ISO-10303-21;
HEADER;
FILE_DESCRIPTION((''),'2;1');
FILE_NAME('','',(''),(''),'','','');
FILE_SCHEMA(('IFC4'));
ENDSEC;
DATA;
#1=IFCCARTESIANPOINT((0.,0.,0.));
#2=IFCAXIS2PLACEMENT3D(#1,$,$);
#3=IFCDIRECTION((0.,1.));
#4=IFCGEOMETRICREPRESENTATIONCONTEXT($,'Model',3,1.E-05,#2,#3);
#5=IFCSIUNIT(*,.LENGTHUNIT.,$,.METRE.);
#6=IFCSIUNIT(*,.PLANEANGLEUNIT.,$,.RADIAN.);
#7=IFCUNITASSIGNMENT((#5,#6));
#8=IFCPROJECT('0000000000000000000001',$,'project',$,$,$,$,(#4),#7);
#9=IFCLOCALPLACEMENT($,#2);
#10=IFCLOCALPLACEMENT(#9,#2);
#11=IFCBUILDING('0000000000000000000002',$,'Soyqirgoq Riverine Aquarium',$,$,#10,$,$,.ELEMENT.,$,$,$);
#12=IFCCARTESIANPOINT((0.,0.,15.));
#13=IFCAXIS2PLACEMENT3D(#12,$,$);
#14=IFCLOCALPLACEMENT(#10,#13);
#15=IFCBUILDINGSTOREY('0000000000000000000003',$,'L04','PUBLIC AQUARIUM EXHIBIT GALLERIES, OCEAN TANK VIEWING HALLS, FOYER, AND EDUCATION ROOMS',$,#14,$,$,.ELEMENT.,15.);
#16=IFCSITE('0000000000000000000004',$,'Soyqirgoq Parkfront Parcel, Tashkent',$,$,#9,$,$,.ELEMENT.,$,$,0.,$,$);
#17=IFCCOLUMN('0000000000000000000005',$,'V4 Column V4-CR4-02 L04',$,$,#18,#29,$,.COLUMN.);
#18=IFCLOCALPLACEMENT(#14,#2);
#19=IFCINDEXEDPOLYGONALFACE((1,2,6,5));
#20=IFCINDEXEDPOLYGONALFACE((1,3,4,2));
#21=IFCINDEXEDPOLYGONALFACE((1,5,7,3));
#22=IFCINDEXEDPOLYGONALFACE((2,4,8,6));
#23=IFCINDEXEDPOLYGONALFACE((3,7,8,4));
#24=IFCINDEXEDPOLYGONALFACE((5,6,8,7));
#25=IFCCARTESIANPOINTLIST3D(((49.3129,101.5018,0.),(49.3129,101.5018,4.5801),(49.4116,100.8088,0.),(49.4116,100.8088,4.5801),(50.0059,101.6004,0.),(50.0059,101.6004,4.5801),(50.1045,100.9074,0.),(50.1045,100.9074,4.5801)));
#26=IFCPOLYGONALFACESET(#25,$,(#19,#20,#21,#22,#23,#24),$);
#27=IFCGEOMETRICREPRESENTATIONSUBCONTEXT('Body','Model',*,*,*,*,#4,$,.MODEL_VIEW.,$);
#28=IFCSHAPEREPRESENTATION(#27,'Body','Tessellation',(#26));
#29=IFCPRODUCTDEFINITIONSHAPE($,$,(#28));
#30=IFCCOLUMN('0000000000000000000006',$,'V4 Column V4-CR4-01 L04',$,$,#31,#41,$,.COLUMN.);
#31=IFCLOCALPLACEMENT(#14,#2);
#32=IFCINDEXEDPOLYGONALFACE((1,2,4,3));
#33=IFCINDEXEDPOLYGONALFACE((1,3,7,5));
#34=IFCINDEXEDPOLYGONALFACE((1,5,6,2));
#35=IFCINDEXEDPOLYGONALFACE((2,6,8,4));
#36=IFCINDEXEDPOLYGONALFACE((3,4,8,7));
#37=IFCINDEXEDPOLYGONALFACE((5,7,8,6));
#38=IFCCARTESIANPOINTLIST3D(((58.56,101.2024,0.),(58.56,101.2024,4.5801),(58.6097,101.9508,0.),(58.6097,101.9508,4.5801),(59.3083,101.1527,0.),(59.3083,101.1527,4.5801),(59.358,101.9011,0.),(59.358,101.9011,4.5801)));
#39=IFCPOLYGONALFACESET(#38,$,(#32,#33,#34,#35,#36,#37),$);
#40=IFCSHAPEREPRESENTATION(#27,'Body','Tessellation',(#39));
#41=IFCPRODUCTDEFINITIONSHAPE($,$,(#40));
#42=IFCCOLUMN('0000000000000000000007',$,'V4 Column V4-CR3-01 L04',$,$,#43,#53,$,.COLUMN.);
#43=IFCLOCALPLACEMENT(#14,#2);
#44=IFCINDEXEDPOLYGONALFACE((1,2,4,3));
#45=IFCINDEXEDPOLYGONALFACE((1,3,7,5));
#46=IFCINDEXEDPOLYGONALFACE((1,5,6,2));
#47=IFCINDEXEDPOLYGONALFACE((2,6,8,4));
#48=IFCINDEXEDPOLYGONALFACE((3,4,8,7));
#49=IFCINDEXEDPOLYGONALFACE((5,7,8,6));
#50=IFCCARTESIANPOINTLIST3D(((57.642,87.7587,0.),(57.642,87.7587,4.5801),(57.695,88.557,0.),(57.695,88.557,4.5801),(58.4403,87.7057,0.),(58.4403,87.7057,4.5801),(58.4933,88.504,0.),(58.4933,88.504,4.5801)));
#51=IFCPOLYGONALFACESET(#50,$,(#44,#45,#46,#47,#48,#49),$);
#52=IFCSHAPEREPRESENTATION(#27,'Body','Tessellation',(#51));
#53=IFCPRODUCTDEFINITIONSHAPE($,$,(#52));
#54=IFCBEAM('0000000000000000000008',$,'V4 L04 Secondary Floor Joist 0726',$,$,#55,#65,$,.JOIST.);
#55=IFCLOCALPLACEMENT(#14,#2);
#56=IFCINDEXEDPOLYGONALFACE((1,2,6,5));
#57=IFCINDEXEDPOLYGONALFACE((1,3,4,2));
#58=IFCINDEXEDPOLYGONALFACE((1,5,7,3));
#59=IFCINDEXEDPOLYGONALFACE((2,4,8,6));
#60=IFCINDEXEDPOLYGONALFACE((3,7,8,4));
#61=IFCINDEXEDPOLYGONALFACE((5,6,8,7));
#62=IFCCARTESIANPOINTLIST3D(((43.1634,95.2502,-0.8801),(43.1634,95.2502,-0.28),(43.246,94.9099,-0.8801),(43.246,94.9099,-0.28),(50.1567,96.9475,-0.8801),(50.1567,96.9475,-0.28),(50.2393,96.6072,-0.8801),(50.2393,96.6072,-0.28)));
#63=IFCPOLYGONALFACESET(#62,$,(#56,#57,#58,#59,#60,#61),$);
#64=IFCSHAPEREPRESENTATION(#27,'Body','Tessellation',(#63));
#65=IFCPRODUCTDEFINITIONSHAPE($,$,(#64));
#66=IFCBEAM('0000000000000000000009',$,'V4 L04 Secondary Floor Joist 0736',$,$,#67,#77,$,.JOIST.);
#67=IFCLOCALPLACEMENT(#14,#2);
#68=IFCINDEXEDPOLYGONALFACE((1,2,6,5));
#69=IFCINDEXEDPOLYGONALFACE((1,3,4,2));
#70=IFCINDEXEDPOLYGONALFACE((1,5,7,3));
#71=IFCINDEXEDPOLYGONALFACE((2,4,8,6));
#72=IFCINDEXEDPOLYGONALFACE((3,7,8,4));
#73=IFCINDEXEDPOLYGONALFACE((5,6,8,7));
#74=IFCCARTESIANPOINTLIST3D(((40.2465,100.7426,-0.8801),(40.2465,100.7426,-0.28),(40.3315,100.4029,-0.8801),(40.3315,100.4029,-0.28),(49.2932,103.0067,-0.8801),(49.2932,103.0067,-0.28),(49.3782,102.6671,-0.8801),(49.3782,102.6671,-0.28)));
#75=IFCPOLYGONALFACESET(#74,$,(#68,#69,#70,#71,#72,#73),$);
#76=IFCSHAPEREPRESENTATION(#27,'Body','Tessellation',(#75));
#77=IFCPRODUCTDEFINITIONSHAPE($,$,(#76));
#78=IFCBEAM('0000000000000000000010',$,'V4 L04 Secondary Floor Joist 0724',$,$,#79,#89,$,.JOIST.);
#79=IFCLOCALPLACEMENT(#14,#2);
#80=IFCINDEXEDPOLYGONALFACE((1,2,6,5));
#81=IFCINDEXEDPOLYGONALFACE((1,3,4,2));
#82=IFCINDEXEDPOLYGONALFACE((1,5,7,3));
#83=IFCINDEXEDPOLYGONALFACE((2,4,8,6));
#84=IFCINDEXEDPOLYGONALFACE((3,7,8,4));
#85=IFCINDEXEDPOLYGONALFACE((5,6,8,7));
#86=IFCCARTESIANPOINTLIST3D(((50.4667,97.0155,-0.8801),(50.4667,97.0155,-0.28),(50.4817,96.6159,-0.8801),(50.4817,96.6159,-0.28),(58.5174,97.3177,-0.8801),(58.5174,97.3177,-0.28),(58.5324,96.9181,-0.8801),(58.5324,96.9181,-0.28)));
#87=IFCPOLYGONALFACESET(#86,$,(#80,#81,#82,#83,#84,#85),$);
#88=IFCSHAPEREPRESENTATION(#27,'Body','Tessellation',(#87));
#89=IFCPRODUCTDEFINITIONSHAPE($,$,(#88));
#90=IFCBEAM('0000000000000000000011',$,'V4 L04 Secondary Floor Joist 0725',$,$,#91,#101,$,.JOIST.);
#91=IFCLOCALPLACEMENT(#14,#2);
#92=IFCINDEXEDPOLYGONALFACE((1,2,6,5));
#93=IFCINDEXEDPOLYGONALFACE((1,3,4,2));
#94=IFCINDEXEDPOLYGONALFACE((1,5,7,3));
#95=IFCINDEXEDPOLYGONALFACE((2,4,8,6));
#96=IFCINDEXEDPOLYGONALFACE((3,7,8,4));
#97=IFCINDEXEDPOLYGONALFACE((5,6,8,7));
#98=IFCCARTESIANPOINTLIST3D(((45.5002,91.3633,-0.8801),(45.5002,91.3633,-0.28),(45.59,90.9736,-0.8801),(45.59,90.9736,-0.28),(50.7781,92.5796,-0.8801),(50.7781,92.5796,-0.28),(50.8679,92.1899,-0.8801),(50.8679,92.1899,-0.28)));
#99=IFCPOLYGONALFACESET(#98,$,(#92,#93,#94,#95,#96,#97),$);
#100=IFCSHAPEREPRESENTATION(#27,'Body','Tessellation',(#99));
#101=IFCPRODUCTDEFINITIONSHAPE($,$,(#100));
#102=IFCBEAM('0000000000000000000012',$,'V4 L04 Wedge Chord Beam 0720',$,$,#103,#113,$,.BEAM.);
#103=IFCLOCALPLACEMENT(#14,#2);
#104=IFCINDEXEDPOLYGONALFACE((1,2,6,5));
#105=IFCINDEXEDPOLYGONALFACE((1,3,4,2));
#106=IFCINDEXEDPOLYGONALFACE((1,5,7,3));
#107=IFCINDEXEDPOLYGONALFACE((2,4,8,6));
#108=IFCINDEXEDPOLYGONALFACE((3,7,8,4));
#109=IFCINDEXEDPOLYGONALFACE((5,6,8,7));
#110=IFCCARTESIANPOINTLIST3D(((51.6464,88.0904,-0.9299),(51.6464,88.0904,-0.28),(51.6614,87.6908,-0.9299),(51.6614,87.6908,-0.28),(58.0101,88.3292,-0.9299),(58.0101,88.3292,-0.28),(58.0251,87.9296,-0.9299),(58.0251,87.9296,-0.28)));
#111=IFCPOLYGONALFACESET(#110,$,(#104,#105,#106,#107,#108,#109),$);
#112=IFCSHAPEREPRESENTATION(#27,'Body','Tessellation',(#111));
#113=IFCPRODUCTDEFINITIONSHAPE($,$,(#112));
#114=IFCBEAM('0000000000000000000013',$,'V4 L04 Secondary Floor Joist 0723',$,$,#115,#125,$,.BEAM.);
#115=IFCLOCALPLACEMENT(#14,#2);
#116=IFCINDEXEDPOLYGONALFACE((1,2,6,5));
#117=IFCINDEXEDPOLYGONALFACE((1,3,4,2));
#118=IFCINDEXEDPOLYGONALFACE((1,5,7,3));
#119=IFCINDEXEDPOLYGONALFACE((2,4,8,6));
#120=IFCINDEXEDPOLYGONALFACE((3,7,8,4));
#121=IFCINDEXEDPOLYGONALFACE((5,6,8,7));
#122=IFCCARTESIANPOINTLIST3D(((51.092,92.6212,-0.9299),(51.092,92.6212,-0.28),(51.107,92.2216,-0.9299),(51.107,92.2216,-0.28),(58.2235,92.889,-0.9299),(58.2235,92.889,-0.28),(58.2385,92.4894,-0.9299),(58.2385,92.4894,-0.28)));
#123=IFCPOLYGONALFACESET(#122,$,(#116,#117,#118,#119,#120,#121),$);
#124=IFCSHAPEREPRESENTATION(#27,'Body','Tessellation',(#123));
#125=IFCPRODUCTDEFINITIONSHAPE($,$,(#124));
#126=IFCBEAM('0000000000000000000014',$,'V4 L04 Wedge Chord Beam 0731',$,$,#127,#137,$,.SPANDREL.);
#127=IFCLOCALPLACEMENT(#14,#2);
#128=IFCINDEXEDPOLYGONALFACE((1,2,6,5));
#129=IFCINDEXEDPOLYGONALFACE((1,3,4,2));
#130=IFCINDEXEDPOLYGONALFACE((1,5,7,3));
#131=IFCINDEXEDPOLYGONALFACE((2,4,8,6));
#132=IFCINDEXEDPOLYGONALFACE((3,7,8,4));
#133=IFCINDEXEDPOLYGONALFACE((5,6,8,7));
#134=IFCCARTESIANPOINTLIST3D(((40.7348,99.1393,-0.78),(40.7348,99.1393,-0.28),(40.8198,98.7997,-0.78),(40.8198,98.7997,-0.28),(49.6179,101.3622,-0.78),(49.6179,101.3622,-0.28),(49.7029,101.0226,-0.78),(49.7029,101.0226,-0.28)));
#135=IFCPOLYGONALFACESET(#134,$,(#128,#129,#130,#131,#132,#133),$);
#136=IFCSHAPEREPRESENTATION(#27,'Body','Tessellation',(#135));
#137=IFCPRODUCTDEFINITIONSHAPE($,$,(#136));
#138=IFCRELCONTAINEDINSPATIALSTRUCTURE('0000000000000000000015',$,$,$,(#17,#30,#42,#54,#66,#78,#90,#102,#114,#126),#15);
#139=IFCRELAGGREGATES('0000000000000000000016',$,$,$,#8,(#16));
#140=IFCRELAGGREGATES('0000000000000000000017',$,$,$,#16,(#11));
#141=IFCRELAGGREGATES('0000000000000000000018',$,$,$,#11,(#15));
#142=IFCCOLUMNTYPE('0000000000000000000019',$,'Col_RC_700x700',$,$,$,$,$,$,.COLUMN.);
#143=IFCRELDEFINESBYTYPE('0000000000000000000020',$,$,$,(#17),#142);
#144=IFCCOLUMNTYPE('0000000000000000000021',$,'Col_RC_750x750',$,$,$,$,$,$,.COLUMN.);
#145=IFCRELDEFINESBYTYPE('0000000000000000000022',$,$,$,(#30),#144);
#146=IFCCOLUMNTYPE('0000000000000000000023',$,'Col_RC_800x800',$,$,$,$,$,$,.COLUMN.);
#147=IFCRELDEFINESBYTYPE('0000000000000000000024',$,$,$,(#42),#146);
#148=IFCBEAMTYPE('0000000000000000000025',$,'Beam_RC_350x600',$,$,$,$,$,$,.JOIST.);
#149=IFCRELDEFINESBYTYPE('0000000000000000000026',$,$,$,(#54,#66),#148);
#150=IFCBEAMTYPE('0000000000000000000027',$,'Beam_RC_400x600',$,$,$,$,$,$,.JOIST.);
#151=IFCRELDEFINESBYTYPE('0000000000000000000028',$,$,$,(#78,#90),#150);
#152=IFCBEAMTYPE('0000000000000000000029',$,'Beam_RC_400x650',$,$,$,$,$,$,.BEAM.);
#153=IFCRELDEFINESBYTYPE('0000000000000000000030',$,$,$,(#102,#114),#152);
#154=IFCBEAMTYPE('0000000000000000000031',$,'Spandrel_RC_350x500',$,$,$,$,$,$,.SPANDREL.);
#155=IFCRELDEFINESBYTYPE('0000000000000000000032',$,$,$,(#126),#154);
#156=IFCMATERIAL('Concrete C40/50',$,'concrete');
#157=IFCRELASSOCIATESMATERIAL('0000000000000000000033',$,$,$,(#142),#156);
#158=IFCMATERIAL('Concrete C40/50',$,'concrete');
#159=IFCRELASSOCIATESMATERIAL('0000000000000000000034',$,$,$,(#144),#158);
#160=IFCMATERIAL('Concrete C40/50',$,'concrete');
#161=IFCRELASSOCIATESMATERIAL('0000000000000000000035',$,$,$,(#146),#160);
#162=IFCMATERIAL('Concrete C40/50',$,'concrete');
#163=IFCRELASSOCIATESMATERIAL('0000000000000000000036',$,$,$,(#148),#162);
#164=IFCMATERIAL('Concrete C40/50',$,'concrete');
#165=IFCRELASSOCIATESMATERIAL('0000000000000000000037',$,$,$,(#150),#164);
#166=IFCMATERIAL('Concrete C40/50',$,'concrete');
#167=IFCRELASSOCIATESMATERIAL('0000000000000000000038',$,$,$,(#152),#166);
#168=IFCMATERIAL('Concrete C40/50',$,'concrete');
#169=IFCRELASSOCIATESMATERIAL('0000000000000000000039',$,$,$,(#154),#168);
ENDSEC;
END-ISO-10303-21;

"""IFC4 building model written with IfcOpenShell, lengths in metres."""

from ifc_helpers import new_model, si_unit, direction, frame, origin, origin_2d, place, context, subcontext, project, spatial, rectangle, extrude, material, material_profile, profile_set, type_object, element, save


model = new_model("IFC4")

# Units and contexts
model_context = context("Model", 3, precision=1e-05, world=origin(), true_north=direction((0.0, 1.0)))
body_context = subcontext(model_context, "Body", "Model", "MODEL_VIEW")
ifc_project = project(units=[si_unit("LENGTHUNIT", "METRE"), si_unit("PLANEANGLEUNIT", "RADIAN")], contexts=[model_context])

# Site, building, storey
site_placement = place(None, origin())
site = spatial("IfcSite", under=ifc_project, at=site_placement, Name="Soyqirgoq Parkfront Parcel, Tashkent", CompositionType="ELEMENT", RefElevation=0.0)
building_placement = place(site_placement, origin())
building = spatial("IfcBuilding", under=site, at=building_placement, Name="Soyqirgoq Riverine Aquarium", CompositionType="ELEMENT")
storey_placement = place(building_placement, frame((0.0, 0.0, 15.0)))
storey = spatial("IfcBuildingStorey", under=building, at=storey_placement, Name="L04", Description="PUBLIC AQUARIUM EXHIBIT GALLERIES, OCEAN TANK VIEWING HALLS, FOYER, AND EDUCATION ROOMS", CompositionType="ELEMENT", Elevation=15.0)

# Columns
ifc_material_1 = material(Name="Concrete C40/50", Category="concrete")
ifc_material_profile_1 = material_profile(ifc_material_1, rectangle(XDim=0.7, YDim=0.7, at=origin_2d()), Name="RC 700x700")
ifc_profile_set_1 = profile_set([ifc_material_profile_1], Name="Concrete C40/50")
column_type_1 = type_object("IfcColumnType", Name="Col_RC_700x700", PredefinedType="COLUMN", material=ifc_profile_set_1)
column_1_placement = place(storey_placement, frame((49.7087, 101.2046, 0.0), z_axis=(0.0, 0.0, 1.0), x_axis=(-0.140901, 0.990024, 0.0)))
element("IfcColumn", 1, at=column_1_placement, inside=storey, type_object=column_type_1, Name="V4 Column V4-CR4-02 L04", PredefinedType="COLUMN", context=body_context, shape_type="SweptSolid", body=[
    extrude(rectangle(XDim=0.7, YDim=0.7, at=origin_2d()), origin(), (0.0, 0.0, 1.0), 4.5801),
])
ifc_material_2 = material(Name="Concrete C40/50", Category="concrete")
ifc_material_profile_2 = material_profile(ifc_material_2, rectangle(XDim=0.75, YDim=0.75, at=origin_2d()), Name="RC 750x750")
ifc_profile_set_2 = profile_set([ifc_material_profile_2], Name="Concrete C40/50")
column_type_2 = type_object("IfcColumnType", Name="Col_RC_750x750", PredefinedType="COLUMN", material=ifc_profile_set_2)
column_2_placement = place(storey_placement, frame((58.959, 101.5518, 0.0), z_axis=(0.0, 0.0, 1.0), x_axis=(0.066274, 0.997801, 0.0)))
element("IfcColumn", 2, at=column_2_placement, inside=storey, type_object=column_type_2, Name="V4 Column V4-CR4-01 L04", PredefinedType="COLUMN", context=body_context, shape_type="SweptSolid", body=[
    extrude(rectangle(XDim=0.75, YDim=0.75, at=origin_2d()), origin(), (0.0, 0.0, 1.0), 4.5801),
])
ifc_material_3 = material(Name="Concrete C40/50", Category="concrete")
ifc_material_profile_3 = material_profile(ifc_material_3, rectangle(XDim=0.8, YDim=0.8, at=origin_2d()), Name="RC 800x800")
ifc_profile_set_3 = profile_set([ifc_material_profile_3], Name="Concrete C40/50")
column_type_3 = type_object("IfcColumnType", Name="Col_RC_800x800", PredefinedType="COLUMN", material=ifc_profile_set_3)
column_3_placement = place(storey_placement, frame((58.0676, 88.1313, 0.0), z_axis=(0.0, 0.0, 1.0), x_axis=(0.066274, 0.997801, 0.0)))
element("IfcColumn", 3, at=column_3_placement, inside=storey, type_object=column_type_3, Name="V4 Column V4-CR3-01 L04", PredefinedType="COLUMN", context=body_context, shape_type="SweptSolid", body=[
    extrude(rectangle(XDim=0.8, YDim=0.8, at=origin_2d()), origin(), (0.0, 0.0, 1.0), 4.5801),
])

# Beams
ifc_material_4 = material(Name="Concrete C40/50", Category="concrete")
ifc_material_profile_4 = material_profile(ifc_material_4, rectangle(XDim=0.3501, YDim=0.6001, at=origin_2d()), Name="RC 350x600")
ifc_profile_set_4 = profile_set([ifc_material_profile_4], Name="Concrete C40/50")
beam_type_1 = type_object("IfcBeamType", Name="Beam_RC_350x600", PredefinedType="JOIST", material=ifc_profile_set_4)
beam_1_placement = place(storey_placement, frame((50.198, 96.7773, -0.5801), z_axis=(-0.971788, -0.235856, 0.0), x_axis=(0.235856, -0.971788, 0.0)))
element("IfcBeam", 4, at=beam_1_placement, inside=storey, type_object=beam_type_1, Name="V4 L04 Secondary Floor Joist 0726", PredefinedType="JOIST", context=body_context, shape_type="SweptSolid", body=[
    extrude(rectangle(XDim=0.3501, YDim=0.6001, at=origin_2d()), origin(), (0.0, 0.0, 1.0), 7.1963),
])
beam_2_placement = place(storey_placement, frame((49.3357, 102.8369, -0.5801), z_axis=(-0.970079, -0.242788, 0.0), x_axis=(0.242788, -0.970079, 0.0)))
element("IfcBeam", 5, at=beam_2_placement, inside=storey, type_object=beam_type_1, Name="V4 L04 Secondary Floor Joist 0736", PredefinedType="JOIST", context=body_context, shape_type="SweptSolid", body=[
    extrude(rectangle(XDim=0.3501, YDim=0.6001, at=origin_2d()), origin(), (0.0, 0.0, 1.0), 9.3257),
])
ifc_material_5 = material(Name="Concrete C40/50", Category="concrete")
ifc_material_profile_5 = material_profile(ifc_material_5, rectangle(XDim=0.3999, YDim=0.6001, at=origin_2d()), Name="RC 400x600")
ifc_profile_set_5 = profile_set([ifc_material_profile_5], Name="Concrete C40/50")
beam_type_2 = type_object("IfcBeamType", Name="Beam_RC_400x600", PredefinedType="JOIST", material=ifc_profile_set_5)
beam_3_placement = place(storey_placement, frame((58.5249, 97.1179, -0.5801), z_axis=(-0.999296, -0.037516, 0.0), x_axis=(0.037516, -0.999296, 0.0)))
element("IfcBeam", 6, at=beam_3_placement, inside=storey, type_object=beam_type_2, Name="V4 L04 Secondary Floor Joist 0724", PredefinedType="JOIST", context=body_context, shape_type="SweptSolid", body=[
    extrude(rectangle(XDim=0.3999, YDim=0.6001, at=origin_2d()), origin(), (0.0, 0.0, 1.0), 8.0564),
])
beam_4_placement = place(storey_placement, frame((50.823, 92.3848, -0.5801), z_axis=(-0.974458, -0.22457, 0.0), x_axis=(0.22457, -0.974458, 0.0)))
element("IfcBeam", 7, at=beam_4_placement, inside=storey, type_object=beam_type_2, Name="V4 L04 Secondary Floor Joist 0725", PredefinedType="JOIST", context=body_context, shape_type="SweptSolid", body=[
    extrude(rectangle(XDim=0.3999, YDim=0.6001, at=origin_2d()), origin(), (0.0, 0.0, 1.0), 5.4163),
])
ifc_material_6 = material(Name="Concrete C40/50", Category="concrete")
ifc_material_profile_6 = material_profile(ifc_material_6, rectangle(XDim=0.3999, YDim=0.6499, at=origin_2d()), Name="RC 400x650")
ifc_profile_set_6 = profile_set([ifc_material_profile_6], Name="Concrete C40/50")
beam_type_3 = type_object("IfcBeamType", Name="Beam_RC_400x650", PredefinedType="BEAM", material=ifc_profile_set_6)
beam_5_placement = place(storey_placement, frame((58.0176, 88.1294, -0.605), z_axis=(-0.999297, -0.037494, 0.0), x_axis=(0.037494, -0.999297, 0.0)))
element("IfcBeam", 8, at=beam_5_placement, inside=storey, type_object=beam_type_3, Name="V4 L04 Wedge Chord Beam 0720", PredefinedType="BEAM", context=body_context, shape_type="SweptSolid", body=[
    extrude(rectangle(XDim=0.3999, YDim=0.6499, at=origin_2d()), origin(), (0.0, 0.0, 1.0), 6.3682),
])
beam_6_placement = place(storey_placement, frame((58.231, 92.6892, -0.605), z_axis=(-0.999296, -0.037529, 0.0), x_axis=(0.037529, -0.999296, 0.0)))
element("IfcBeam", 9, at=beam_6_placement, inside=storey, type_object=beam_type_3, Name="V4 L04 Secondary Floor Joist 0723", PredefinedType="BEAM", context=body_context, shape_type="SweptSolid", body=[
    extrude(rectangle(XDim=0.3999, YDim=0.6499, at=origin_2d()), origin(), (0.0, 0.0, 1.0), 7.1365),
])
ifc_material_7 = material(Name="Concrete C40/50", Category="concrete")
ifc_material_profile_7 = material_profile(ifc_material_7, rectangle(XDim=0.3501, YDim=0.5, at=origin_2d()), Name="RC 350x500")
ifc_profile_set_7 = profile_set([ifc_material_profile_7], Name="Concrete C40/50")
beam_type_4 = type_object("IfcBeamType", Name="Spandrel_RC_350x500", PredefinedType="SPANDREL", material=ifc_profile_set_7)
beam_7_placement = place(storey_placement, frame((49.6604, 101.1924, -0.53), z_axis=(-0.970088, -0.242755, 0.0), x_axis=(0.242755, -0.970088, 0.0)))
element("IfcBeam", 10, at=beam_7_placement, inside=storey, type_object=beam_type_4, Name="V4 L04 Wedge Chord Beam 0731", PredefinedType="SPANDREL", context=body_context, shape_type="SweptSolid", body=[
    extrude(rectangle(XDim=0.3501, YDim=0.5, at=origin_2d()), origin(), (0.0, 0.0, 1.0), 9.157),
])

save(model, "model.ifc")
